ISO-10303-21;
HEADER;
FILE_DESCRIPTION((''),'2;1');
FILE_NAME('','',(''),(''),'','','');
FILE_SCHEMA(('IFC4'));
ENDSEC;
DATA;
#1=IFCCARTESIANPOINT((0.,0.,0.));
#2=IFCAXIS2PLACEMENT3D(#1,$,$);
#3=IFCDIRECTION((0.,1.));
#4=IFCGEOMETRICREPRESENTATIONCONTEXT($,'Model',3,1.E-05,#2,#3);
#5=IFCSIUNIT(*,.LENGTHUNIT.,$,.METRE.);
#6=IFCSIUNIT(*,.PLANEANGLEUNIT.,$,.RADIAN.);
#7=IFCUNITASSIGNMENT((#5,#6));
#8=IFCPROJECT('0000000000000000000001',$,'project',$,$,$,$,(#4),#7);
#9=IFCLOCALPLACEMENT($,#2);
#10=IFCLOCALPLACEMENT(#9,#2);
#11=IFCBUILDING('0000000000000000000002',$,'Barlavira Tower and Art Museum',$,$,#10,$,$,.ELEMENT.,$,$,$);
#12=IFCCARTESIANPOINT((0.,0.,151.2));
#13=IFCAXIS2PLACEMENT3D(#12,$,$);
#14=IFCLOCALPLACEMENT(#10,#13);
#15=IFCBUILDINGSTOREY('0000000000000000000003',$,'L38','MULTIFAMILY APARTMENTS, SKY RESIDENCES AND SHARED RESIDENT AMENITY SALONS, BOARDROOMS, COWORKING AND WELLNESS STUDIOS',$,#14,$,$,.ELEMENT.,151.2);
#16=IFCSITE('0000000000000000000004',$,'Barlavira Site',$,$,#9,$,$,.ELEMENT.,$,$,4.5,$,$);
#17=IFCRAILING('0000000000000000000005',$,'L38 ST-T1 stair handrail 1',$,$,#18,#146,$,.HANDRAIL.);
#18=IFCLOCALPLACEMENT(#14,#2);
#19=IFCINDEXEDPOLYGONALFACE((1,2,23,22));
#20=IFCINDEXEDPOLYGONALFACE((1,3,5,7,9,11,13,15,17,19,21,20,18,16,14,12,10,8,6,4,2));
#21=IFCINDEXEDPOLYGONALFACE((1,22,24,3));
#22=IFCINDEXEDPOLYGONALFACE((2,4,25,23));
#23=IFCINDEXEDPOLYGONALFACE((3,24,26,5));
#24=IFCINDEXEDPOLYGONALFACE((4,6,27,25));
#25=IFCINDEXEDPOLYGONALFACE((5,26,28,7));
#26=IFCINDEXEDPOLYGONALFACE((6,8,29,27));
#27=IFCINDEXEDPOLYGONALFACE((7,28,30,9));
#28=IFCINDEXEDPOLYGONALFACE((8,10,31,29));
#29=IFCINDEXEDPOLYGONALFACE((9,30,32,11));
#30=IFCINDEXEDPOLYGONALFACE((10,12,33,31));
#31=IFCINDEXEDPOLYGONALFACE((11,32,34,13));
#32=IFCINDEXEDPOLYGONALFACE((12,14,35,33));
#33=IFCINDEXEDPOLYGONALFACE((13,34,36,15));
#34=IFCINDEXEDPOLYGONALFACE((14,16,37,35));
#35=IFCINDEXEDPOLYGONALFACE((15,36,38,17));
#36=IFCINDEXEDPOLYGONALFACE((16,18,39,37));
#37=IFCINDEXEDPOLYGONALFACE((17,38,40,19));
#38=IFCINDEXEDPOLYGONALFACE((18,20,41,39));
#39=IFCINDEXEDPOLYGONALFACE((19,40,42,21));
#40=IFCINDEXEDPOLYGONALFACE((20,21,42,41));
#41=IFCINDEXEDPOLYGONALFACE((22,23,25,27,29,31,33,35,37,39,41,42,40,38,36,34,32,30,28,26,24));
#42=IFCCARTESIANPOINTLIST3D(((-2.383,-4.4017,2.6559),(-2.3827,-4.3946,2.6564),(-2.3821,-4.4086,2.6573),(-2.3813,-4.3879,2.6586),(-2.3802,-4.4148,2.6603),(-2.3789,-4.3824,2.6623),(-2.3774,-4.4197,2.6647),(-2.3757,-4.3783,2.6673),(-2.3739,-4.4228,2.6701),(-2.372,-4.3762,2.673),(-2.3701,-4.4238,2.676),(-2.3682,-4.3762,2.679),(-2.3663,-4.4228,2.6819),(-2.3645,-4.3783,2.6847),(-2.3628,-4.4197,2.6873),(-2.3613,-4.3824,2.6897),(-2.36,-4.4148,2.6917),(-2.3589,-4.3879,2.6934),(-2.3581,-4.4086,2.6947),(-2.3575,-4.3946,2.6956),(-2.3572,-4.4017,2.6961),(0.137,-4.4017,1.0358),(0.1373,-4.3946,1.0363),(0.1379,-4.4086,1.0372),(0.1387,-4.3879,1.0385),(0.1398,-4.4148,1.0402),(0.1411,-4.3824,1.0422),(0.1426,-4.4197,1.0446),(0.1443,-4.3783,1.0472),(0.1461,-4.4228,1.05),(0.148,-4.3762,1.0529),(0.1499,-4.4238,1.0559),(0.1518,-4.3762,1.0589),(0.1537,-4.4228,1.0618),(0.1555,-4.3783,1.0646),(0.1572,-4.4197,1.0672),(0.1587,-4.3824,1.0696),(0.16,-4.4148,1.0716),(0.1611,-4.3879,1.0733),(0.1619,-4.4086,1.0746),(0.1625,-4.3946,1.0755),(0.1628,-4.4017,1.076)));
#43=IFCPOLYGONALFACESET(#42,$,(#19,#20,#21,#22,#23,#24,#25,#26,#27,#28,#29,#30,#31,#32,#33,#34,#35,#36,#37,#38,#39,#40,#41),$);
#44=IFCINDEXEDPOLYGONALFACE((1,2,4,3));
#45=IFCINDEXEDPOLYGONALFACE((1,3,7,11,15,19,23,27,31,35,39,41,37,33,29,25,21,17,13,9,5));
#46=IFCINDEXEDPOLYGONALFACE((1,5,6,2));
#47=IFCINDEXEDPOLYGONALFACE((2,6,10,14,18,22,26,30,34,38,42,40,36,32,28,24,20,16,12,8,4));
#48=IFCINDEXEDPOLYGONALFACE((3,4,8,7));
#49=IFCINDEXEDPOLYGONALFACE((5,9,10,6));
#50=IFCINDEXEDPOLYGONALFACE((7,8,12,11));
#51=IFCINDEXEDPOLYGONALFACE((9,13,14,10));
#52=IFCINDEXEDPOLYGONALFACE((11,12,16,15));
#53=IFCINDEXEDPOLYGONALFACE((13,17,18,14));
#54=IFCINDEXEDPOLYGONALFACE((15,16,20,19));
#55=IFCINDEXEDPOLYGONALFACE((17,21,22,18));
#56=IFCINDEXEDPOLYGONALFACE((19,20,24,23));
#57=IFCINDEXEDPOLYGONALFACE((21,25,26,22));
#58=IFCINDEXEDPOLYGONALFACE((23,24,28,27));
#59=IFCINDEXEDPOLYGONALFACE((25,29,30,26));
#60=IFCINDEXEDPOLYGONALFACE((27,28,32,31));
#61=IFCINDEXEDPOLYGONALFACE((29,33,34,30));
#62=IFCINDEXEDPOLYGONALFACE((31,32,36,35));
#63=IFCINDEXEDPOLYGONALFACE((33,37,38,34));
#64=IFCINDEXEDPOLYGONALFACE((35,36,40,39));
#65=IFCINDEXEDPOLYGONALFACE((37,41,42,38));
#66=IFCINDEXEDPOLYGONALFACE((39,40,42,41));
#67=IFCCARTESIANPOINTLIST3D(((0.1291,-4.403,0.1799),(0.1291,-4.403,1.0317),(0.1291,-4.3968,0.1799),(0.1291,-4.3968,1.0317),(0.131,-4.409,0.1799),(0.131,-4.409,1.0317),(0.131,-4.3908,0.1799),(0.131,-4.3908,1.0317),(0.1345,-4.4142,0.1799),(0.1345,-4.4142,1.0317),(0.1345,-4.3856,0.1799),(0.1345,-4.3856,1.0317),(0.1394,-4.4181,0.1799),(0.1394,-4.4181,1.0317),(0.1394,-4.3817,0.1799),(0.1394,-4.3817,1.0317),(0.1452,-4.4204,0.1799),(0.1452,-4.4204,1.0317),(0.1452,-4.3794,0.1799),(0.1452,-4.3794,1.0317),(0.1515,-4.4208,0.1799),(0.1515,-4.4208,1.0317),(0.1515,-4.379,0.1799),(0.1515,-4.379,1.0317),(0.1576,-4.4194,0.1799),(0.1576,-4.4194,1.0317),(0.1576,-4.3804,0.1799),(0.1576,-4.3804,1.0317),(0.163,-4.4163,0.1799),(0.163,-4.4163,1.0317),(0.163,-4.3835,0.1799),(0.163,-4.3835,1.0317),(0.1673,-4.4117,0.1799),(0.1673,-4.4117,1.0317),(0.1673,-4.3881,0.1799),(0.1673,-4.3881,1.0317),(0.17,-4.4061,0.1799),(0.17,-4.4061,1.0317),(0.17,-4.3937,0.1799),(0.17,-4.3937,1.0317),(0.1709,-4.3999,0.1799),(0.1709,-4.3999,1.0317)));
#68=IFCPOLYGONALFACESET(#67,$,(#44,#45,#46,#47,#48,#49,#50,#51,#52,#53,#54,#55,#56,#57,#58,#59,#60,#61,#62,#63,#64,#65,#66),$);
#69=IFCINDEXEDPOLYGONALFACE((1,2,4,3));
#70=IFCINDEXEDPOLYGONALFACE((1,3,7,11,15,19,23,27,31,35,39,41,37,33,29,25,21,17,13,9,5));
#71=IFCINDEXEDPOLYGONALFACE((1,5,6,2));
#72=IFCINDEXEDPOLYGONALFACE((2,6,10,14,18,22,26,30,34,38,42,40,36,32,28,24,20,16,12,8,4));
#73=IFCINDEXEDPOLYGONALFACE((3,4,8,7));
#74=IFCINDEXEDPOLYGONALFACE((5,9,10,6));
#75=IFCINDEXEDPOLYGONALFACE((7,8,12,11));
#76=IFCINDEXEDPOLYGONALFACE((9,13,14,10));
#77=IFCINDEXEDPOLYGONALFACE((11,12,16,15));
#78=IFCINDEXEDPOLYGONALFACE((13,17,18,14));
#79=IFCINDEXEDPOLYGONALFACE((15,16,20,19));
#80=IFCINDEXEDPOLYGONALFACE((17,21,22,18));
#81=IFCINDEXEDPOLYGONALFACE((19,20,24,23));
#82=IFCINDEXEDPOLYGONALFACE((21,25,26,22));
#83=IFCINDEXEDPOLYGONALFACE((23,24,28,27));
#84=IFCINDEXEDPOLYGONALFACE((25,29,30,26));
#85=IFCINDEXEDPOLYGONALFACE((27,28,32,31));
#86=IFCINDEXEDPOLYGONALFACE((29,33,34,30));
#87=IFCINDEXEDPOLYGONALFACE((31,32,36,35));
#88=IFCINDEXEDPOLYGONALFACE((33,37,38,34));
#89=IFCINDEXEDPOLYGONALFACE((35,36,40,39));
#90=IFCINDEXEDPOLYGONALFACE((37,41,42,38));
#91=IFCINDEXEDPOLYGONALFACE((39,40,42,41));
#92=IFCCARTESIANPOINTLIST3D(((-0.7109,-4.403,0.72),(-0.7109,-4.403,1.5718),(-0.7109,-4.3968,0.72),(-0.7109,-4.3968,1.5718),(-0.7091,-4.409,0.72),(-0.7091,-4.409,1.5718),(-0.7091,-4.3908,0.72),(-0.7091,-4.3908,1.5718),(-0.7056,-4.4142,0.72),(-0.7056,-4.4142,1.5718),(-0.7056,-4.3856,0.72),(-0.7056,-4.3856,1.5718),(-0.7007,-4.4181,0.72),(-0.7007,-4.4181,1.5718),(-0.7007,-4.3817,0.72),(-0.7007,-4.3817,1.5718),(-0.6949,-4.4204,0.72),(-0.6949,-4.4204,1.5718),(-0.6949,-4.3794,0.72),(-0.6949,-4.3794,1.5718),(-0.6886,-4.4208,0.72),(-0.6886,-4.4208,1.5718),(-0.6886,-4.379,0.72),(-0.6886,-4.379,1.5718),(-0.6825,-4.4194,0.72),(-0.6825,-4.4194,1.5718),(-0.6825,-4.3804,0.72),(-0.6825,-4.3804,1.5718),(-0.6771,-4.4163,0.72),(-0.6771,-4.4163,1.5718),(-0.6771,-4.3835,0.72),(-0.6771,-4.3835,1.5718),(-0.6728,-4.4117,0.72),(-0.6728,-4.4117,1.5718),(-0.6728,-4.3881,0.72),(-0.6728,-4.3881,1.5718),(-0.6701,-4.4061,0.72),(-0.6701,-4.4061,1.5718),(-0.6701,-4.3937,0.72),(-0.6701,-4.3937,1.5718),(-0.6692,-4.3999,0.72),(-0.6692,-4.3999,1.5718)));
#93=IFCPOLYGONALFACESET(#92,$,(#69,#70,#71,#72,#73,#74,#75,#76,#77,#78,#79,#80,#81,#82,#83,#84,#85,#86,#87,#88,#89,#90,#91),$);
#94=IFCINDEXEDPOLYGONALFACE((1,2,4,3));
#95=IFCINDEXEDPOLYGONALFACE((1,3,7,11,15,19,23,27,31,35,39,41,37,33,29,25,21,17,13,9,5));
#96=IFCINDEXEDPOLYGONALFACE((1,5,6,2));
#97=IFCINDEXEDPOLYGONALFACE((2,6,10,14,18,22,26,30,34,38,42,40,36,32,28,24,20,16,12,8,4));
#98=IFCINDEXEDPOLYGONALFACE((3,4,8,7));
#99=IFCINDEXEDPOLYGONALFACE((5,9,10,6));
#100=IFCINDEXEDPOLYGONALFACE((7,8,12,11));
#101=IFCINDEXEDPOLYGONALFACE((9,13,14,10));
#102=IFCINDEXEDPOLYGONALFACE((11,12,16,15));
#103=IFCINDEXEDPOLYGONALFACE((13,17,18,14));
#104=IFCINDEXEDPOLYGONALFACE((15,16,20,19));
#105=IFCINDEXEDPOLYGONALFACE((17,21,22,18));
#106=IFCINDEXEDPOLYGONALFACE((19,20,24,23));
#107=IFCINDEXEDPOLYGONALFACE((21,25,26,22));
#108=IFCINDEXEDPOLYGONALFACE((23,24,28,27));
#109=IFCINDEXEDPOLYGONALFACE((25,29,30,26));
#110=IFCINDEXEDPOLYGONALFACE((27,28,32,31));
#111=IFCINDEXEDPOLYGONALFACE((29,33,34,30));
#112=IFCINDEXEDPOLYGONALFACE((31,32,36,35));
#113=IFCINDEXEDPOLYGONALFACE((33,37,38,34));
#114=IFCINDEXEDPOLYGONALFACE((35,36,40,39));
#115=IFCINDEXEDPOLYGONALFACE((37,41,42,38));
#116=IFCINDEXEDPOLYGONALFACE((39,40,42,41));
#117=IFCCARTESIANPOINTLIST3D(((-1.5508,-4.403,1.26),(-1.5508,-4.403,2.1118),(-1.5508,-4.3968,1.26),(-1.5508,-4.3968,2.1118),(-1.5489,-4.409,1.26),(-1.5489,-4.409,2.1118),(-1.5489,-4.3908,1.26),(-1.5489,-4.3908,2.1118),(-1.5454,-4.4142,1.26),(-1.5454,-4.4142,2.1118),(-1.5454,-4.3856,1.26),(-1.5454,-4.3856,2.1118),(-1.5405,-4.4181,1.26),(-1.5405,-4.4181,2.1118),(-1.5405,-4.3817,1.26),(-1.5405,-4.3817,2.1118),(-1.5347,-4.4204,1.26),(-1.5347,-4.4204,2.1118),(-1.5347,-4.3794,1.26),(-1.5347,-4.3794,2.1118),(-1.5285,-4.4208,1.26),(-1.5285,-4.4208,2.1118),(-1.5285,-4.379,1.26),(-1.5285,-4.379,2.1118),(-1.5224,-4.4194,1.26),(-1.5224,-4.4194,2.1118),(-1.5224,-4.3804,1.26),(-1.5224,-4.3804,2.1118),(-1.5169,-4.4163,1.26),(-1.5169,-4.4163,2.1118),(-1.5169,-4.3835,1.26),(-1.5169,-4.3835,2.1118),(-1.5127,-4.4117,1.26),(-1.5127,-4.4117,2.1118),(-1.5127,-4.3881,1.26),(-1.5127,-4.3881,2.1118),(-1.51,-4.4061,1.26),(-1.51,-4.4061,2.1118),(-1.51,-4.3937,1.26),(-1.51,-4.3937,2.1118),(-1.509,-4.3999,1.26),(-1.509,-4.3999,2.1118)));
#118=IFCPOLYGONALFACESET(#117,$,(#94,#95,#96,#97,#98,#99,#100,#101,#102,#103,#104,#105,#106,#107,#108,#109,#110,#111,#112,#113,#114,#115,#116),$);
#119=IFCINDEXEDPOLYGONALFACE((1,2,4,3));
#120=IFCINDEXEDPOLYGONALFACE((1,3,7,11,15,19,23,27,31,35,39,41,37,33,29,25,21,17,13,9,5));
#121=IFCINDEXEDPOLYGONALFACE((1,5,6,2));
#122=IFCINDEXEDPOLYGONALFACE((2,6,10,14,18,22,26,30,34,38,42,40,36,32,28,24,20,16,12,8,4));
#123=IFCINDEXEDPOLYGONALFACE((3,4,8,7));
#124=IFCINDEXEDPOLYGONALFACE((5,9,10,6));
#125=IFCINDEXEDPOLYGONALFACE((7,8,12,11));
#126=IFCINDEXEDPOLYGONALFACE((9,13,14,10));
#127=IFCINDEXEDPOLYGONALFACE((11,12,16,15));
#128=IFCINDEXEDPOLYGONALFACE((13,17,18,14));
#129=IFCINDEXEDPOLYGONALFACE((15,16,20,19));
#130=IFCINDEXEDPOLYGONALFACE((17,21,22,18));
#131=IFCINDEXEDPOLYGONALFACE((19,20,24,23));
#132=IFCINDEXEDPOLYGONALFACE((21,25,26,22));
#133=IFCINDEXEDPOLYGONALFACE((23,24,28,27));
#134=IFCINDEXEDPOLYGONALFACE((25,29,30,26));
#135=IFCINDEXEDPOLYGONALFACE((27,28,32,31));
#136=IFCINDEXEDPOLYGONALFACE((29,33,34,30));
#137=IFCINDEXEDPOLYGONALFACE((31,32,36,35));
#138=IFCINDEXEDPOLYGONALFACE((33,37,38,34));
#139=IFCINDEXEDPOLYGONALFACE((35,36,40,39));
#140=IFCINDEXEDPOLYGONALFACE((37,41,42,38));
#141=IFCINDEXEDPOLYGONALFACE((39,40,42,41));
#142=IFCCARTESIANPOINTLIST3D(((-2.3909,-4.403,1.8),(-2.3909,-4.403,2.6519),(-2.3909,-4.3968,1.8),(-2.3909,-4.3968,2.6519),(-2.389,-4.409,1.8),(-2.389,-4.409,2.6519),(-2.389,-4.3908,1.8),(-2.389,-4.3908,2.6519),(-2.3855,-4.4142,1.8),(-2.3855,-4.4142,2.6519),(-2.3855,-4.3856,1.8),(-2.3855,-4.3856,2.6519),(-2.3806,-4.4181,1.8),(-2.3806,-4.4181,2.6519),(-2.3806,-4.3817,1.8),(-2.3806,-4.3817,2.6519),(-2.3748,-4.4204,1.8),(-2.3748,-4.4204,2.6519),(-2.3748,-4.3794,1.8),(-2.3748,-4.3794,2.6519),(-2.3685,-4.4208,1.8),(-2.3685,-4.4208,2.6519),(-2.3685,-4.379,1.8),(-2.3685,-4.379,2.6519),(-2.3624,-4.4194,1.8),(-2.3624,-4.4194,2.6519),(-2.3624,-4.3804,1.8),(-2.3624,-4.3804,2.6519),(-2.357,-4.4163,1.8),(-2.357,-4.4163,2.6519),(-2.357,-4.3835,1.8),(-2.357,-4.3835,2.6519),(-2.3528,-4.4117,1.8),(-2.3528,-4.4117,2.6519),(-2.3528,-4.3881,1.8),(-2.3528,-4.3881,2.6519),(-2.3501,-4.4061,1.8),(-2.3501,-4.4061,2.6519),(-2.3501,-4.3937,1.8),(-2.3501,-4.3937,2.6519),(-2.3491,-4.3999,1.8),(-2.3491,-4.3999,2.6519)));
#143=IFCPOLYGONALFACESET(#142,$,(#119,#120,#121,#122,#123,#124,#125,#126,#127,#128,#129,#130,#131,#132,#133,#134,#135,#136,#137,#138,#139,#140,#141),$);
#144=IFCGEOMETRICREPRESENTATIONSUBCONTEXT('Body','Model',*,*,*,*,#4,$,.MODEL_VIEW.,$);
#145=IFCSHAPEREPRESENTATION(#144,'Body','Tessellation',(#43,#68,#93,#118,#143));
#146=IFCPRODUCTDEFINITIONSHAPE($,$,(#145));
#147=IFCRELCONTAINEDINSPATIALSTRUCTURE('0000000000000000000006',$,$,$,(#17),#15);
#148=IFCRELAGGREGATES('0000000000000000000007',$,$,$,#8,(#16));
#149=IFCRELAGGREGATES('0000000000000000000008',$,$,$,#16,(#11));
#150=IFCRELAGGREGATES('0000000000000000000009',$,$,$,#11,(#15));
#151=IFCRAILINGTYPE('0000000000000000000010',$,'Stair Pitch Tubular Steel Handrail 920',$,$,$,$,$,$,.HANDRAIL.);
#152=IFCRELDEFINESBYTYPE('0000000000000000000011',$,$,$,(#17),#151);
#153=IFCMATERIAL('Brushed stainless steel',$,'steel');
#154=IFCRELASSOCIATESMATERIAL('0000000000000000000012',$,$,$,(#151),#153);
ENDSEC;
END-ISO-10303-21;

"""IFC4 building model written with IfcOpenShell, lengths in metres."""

from ifc_helpers import new_model, si_unit, direction, frame, origin, origin_2d, place, context, subcontext, project, spatial, circle, extrude, material, type_object, element, save


model = new_model("IFC4")

# Units and contexts
model_context = context("Model", 3, precision=1e-05, world=origin(), true_north=direction((0.0, 1.0)))
body_context = subcontext(model_context, "Body", "Model", "MODEL_VIEW")
ifc_project = project(units=[si_unit("LENGTHUNIT", "METRE"), si_unit("PLANEANGLEUNIT", "RADIAN")], contexts=[model_context])

# Site, building, storey
site_placement = place(None, origin())
site = spatial("IfcSite", under=ifc_project, at=site_placement, Name="Barlavira Site", CompositionType="ELEMENT", RefElevation=4.5)
building_placement = place(site_placement, origin())
building = spatial("IfcBuilding", under=site, at=building_placement, Name="Barlavira Tower and Art Museum", CompositionType="ELEMENT")
storey_placement = place(building_placement, frame((0.0, 0.0, 151.2)))
storey = spatial("IfcBuildingStorey", under=building, at=storey_placement, Name="L38", Description="MULTIFAMILY APARTMENTS, SKY RESIDENCES AND SHARED RESIDENT AMENITY SALONS, BOARDROOMS, COWORKING AND WELLNESS STUDIOS", CompositionType="ELEMENT", Elevation=151.2)

# Shared definitions
ifc_material_1 = material(Name="Brushed stainless steel", Category="steel")

# Railing
railing_type_1 = type_object("IfcRailingType", Name="Stair Pitch Tubular Steel Handrail 920", PredefinedType="HANDRAIL", material=ifc_material_1)
railing_1_placement = place(storey_placement, frame((0.1499, -4.3999, 0.1799)))
element("IfcRailing", 1, at=railing_1_placement, inside=storey, type_object=railing_type_1, Name="L38 ST-T1 stair handrail 1", PredefinedType="HANDRAIL", context=body_context, shape_type="SweptSolid", body=[
    extrude(circle(Radius=0.0239, at=origin_2d()), frame((0.0, 0.0, 0.876), z_axis=(-0.841163, 0.0, 0.540782), x_axis=(0.0, -1.0, 0.0)), (0.0, 0.0, 1.0), 2.9958),
    extrude(circle(Radius=0.021, at=origin_2d()), origin(), (0.0, 0.0, 1.0), 0.8518),
    extrude(circle(Radius=0.021, at=origin_2d()), frame((-0.8401, 0.0, 0.54)), (0.0, 0.0, 1.0), 0.8518),
    extrude(circle(Radius=0.021, at=origin_2d()), frame((-1.6799, 0.0, 1.0801)), (0.0, 0.0, 1.0), 0.8518),
    extrude(circle(Radius=0.021, at=origin_2d()), frame((-2.52, 0.0, 1.6201)), (0.0, 0.0, 1.0), 0.8518),
])

save(model, "model.ifc")
